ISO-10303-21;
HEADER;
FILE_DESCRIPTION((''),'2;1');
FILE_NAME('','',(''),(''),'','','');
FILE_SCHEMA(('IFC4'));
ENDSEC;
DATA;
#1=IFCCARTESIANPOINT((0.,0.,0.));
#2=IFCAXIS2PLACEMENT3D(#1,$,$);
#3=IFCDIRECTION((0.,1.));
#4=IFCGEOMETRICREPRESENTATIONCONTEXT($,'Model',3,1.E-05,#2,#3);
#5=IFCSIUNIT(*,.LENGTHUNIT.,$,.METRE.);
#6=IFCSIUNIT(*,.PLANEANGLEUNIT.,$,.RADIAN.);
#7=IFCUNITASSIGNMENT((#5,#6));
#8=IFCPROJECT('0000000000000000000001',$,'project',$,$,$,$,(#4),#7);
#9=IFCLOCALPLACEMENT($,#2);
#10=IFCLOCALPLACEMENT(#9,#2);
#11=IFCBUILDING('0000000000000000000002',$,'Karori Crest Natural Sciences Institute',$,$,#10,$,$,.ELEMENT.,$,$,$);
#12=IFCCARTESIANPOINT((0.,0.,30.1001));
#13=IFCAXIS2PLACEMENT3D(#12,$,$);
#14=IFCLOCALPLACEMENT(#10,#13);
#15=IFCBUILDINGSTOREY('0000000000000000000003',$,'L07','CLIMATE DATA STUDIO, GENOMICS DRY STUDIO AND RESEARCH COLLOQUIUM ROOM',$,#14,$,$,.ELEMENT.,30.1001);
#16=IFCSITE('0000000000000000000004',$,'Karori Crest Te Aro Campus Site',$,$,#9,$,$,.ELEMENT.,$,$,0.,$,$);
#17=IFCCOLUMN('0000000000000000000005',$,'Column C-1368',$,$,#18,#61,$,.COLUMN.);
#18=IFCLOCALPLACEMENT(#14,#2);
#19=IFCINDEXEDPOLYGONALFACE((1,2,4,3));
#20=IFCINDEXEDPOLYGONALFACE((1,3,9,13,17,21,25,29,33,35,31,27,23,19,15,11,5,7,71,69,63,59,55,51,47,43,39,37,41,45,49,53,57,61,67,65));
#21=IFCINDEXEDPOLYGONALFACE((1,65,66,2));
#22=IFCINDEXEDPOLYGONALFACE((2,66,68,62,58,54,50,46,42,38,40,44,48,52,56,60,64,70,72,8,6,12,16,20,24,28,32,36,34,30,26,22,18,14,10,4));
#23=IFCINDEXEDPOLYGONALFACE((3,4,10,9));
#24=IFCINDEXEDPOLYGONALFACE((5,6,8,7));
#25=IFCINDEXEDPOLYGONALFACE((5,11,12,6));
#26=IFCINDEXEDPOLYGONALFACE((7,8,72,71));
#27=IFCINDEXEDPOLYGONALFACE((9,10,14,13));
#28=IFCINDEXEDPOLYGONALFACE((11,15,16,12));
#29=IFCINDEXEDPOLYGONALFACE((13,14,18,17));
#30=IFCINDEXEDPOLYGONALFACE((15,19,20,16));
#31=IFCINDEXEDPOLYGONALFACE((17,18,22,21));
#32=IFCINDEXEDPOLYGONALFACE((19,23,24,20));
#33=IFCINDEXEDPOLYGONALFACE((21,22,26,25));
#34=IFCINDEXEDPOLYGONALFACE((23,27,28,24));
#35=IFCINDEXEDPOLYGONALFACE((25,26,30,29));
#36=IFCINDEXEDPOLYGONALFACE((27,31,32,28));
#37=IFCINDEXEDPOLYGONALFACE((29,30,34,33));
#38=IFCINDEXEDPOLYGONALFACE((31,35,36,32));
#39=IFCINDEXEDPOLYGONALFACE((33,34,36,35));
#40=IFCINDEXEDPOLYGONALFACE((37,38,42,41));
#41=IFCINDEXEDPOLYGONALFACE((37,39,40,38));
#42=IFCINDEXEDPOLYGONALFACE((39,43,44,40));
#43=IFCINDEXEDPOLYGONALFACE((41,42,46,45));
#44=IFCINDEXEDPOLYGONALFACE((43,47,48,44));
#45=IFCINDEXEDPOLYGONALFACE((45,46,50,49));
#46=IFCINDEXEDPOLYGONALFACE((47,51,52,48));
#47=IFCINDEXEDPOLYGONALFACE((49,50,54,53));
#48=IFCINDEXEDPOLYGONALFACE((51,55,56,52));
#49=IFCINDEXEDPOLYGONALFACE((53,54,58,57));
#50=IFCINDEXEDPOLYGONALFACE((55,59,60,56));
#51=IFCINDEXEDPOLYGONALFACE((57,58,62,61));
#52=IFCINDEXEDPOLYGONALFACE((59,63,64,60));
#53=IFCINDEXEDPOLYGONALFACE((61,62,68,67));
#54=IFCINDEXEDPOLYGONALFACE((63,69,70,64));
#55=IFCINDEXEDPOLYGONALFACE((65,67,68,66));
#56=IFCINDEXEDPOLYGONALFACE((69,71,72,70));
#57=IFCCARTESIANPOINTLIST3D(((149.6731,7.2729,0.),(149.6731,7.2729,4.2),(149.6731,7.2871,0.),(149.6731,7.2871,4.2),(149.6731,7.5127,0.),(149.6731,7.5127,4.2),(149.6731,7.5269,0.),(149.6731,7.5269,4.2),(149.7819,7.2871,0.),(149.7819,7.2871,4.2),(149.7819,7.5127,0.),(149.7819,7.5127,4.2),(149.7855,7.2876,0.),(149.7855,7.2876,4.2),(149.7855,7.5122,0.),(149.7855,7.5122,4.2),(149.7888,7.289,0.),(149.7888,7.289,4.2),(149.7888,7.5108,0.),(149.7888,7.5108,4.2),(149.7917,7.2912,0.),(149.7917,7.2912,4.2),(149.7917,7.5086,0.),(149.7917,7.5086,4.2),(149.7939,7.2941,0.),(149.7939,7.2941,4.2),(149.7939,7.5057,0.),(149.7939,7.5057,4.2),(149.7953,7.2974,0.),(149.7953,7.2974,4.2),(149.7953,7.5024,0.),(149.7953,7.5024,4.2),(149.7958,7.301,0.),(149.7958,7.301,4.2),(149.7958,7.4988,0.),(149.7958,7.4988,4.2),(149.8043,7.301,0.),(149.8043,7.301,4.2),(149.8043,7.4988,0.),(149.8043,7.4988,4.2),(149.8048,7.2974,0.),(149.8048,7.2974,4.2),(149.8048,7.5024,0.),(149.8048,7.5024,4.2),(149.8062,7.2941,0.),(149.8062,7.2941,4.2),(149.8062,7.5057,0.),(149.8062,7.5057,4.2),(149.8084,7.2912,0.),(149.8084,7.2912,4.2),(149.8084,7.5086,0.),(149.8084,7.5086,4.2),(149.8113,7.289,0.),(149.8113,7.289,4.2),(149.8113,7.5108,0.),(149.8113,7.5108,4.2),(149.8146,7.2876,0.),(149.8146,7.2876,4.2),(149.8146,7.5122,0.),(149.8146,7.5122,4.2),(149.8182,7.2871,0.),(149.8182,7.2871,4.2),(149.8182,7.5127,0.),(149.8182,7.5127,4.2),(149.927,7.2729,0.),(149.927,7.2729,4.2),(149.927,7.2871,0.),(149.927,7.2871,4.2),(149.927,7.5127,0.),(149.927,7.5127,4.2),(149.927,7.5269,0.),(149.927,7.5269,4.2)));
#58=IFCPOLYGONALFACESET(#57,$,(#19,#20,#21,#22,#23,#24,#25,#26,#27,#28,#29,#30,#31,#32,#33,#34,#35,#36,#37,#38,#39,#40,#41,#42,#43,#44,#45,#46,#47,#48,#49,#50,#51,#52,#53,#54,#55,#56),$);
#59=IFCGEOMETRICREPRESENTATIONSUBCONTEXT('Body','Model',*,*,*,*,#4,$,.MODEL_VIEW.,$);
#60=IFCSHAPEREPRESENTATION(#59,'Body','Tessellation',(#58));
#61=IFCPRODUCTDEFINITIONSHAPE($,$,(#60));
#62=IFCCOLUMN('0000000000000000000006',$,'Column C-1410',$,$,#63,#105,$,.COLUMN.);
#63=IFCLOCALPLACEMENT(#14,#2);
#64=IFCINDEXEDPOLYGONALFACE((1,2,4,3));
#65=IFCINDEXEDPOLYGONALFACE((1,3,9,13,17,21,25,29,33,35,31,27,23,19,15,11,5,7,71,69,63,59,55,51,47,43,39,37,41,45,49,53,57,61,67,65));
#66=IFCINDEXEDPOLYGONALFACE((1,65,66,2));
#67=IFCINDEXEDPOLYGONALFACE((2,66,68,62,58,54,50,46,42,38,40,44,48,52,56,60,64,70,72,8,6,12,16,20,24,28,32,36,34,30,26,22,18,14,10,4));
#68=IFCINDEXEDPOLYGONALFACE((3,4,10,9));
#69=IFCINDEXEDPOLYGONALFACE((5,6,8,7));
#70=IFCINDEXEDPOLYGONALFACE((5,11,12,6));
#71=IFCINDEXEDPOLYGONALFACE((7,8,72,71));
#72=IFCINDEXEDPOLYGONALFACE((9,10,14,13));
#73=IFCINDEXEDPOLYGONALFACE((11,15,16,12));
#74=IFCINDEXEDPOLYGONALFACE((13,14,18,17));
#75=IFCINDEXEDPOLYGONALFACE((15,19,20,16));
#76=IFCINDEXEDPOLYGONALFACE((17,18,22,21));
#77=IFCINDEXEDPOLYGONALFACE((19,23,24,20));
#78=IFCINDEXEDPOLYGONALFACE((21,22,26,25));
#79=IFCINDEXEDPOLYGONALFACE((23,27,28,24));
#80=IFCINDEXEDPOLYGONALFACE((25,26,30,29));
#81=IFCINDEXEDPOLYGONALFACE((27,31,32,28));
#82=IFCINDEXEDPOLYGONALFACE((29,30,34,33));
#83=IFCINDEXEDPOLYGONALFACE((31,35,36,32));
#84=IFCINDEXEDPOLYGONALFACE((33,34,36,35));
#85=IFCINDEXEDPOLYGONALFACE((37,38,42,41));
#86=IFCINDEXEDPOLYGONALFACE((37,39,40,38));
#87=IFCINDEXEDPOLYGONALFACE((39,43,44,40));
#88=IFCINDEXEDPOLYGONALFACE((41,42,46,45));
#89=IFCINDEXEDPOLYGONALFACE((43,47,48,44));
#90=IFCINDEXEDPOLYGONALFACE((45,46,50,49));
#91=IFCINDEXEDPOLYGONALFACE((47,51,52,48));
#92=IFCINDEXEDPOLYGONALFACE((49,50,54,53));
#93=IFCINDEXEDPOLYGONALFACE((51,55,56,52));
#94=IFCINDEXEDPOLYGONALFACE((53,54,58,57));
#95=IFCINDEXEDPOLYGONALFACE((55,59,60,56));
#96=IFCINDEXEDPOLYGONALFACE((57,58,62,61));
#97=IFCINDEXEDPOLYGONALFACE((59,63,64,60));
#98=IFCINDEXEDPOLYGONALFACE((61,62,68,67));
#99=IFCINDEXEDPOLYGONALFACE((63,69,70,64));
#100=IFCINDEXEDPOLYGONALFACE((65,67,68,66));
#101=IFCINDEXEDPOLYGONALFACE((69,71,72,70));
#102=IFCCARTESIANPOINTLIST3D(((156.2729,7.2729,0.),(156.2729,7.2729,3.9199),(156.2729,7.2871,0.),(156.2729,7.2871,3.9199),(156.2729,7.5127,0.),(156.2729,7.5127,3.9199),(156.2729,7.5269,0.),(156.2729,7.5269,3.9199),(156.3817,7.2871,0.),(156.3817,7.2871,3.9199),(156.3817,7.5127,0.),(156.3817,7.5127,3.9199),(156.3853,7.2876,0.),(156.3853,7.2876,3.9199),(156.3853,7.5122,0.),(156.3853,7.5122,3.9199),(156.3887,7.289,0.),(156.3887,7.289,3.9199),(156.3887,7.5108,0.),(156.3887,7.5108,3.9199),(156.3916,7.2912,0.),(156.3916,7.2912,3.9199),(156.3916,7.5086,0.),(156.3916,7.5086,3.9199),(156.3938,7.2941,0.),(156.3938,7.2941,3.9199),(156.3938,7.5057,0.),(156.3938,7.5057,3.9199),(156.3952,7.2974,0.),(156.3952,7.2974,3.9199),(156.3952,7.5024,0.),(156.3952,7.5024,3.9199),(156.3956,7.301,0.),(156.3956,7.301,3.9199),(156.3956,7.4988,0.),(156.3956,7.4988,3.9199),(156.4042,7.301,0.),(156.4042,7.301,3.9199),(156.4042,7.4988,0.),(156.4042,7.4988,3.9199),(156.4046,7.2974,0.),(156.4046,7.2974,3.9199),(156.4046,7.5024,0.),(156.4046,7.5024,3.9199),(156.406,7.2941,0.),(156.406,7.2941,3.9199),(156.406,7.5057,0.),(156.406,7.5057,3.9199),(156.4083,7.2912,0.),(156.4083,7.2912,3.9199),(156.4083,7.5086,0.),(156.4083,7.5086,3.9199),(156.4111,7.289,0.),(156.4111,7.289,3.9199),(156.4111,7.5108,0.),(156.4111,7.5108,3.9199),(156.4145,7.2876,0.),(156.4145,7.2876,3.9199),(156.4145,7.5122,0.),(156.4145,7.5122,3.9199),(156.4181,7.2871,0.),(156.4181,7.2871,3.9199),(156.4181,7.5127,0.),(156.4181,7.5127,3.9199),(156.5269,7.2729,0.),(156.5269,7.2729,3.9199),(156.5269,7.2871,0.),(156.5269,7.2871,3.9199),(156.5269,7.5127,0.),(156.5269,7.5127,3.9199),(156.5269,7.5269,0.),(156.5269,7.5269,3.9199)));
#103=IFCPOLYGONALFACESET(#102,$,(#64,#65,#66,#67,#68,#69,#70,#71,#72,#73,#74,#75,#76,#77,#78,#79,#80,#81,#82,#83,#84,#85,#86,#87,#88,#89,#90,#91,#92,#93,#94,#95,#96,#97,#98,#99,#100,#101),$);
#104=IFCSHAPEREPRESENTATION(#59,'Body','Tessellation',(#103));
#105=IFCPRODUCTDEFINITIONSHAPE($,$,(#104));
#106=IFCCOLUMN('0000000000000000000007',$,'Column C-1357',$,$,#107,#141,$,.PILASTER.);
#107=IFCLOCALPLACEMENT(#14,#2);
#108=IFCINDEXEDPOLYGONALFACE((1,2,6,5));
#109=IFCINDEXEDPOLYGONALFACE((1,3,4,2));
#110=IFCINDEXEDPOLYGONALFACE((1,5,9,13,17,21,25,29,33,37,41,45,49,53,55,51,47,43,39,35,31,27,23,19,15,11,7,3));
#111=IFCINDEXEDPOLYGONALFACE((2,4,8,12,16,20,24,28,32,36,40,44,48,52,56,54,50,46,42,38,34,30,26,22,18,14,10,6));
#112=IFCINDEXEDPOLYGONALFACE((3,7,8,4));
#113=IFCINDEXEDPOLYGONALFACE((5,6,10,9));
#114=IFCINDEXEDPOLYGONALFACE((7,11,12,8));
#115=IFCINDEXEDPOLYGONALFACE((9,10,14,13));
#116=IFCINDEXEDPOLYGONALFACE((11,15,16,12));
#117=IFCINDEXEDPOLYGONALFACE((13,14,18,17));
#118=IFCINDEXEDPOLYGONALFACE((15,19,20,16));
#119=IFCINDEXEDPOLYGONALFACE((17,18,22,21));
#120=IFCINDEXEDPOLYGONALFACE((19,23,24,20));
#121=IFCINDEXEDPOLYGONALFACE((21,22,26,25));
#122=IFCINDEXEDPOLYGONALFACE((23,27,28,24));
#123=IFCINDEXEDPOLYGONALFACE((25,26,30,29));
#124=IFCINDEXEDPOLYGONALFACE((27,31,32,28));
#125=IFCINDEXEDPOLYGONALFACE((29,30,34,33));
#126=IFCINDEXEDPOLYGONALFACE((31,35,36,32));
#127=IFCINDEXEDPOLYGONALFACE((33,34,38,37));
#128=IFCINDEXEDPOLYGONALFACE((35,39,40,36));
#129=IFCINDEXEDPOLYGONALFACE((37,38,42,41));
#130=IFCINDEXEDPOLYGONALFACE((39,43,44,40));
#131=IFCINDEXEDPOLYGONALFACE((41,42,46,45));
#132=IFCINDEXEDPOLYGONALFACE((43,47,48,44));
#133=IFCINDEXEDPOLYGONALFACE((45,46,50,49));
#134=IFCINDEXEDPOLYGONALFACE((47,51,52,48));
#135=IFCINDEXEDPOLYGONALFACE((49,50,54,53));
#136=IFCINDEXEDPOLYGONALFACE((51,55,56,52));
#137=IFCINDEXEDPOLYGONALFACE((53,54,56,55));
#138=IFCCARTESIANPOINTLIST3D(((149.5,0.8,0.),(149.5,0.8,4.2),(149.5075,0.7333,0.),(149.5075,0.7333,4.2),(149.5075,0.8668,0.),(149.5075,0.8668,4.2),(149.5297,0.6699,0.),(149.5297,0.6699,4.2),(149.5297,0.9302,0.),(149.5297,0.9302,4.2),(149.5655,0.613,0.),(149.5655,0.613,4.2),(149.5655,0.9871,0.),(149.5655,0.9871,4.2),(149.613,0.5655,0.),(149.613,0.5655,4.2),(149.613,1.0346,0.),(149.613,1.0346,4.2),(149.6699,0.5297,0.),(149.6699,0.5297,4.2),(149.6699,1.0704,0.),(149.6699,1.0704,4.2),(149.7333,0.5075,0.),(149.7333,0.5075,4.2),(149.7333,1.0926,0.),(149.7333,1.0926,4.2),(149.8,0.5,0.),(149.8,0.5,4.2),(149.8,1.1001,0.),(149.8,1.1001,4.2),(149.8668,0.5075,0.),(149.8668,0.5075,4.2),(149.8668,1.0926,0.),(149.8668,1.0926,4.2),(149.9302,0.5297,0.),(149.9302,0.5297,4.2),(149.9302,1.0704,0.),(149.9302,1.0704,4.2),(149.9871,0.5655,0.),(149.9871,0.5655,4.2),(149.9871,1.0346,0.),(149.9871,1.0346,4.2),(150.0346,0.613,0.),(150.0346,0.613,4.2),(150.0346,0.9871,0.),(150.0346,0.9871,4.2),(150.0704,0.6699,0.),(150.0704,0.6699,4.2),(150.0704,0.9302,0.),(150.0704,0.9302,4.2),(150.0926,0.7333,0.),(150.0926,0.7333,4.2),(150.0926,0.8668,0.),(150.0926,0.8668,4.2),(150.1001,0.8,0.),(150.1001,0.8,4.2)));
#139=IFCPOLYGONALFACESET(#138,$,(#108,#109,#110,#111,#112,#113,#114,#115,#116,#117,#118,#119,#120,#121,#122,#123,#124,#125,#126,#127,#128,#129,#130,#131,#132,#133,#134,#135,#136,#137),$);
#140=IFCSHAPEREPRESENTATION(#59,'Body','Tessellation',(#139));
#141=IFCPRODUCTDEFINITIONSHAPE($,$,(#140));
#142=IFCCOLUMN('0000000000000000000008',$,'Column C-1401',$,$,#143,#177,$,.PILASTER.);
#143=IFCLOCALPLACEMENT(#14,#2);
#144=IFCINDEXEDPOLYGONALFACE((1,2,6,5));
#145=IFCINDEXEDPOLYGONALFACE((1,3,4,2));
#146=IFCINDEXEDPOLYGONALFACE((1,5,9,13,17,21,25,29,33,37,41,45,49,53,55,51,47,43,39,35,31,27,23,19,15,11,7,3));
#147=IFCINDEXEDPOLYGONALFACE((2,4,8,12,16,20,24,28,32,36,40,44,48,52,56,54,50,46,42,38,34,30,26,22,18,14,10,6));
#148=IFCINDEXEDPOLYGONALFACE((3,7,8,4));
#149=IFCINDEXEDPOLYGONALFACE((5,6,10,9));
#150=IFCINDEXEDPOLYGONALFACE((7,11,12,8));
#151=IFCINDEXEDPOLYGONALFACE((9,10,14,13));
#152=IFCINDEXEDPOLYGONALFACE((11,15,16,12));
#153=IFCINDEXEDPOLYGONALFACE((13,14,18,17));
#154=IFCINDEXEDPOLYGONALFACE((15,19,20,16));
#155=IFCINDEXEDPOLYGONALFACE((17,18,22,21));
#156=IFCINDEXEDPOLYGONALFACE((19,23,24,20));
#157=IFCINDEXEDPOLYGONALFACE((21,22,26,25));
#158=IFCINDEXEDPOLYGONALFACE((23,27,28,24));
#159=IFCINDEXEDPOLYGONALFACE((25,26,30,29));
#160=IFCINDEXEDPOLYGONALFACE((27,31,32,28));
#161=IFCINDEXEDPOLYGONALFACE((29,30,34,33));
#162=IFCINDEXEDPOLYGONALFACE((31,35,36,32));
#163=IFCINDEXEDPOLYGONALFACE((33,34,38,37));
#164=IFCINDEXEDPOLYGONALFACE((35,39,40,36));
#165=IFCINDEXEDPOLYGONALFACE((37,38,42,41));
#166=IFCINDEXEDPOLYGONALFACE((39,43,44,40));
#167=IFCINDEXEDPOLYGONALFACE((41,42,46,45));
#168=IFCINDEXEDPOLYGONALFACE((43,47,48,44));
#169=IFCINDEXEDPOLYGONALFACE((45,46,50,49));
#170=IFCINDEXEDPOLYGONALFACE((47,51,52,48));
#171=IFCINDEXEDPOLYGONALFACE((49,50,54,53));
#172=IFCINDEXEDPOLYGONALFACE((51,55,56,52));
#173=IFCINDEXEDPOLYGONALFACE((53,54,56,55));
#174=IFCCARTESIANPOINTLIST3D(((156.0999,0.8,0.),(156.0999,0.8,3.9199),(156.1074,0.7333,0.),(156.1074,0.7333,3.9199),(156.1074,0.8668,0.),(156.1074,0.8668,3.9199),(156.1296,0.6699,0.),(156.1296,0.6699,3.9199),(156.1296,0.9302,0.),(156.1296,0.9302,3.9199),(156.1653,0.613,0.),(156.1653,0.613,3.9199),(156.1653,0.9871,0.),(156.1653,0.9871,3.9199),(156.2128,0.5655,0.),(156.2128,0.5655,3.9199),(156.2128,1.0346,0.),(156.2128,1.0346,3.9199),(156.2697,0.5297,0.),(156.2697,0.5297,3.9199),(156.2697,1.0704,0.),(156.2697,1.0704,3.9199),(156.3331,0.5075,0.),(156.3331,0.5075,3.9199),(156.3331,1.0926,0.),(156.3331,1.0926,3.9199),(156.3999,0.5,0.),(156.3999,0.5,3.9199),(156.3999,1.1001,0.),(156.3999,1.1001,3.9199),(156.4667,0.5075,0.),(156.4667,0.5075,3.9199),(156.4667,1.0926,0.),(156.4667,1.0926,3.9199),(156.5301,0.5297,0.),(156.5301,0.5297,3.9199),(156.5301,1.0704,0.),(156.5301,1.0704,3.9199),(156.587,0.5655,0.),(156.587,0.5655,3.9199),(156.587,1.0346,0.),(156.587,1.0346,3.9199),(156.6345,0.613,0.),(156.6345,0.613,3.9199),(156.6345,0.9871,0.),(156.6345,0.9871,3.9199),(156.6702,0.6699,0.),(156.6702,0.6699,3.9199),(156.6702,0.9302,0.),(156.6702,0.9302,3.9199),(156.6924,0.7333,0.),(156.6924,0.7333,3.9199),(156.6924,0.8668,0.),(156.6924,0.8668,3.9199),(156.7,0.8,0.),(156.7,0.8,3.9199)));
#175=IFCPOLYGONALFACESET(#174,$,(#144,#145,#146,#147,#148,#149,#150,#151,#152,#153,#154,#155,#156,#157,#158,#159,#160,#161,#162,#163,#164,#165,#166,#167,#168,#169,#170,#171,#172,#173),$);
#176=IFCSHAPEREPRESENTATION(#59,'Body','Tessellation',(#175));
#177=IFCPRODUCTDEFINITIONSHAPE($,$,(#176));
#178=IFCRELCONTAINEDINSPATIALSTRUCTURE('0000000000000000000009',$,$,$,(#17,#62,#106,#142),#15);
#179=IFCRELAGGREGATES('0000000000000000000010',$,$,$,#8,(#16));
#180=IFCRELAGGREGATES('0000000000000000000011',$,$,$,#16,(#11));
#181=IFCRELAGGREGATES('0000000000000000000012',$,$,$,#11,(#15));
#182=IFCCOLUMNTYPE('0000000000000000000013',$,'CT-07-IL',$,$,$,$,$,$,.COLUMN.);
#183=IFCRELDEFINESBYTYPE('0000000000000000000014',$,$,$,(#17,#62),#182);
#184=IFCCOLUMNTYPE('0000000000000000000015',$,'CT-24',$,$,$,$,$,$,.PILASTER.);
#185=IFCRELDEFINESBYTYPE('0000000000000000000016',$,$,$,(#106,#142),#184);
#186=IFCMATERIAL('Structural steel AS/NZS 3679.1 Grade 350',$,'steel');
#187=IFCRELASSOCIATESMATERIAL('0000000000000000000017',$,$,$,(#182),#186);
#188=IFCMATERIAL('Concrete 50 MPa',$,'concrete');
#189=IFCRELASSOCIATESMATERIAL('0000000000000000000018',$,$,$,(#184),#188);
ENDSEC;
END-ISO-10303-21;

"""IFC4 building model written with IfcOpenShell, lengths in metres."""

from ifc_helpers import new_model, si_unit, direction, frame, origin, origin_2d, place, context, subcontext, project, spatial, circle, i_section, extrude, material, material_profile, profile_set, type_object, element, save


model = new_model("IFC4")

# Units and contexts
model_context = context("Model", 3, precision=1e-05, world=origin(), true_north=direction((0.0, 1.0)))
body_context = subcontext(model_context, "Body", "Model", "MODEL_VIEW")
ifc_project = project(units=[si_unit("LENGTHUNIT", "METRE"), si_unit("PLANEANGLEUNIT", "RADIAN")], contexts=[model_context])

# Site, building, storey
site_placement = place(None, origin())
site = spatial("IfcSite", under=ifc_project, at=site_placement, Name="Karori Crest Te Aro Campus Site", CompositionType="ELEMENT", RefElevation=0.0)
building_placement = place(site_placement, origin())
building = spatial("IfcBuilding", under=site, at=building_placement, Name="Karori Crest Natural Sciences Institute", CompositionType="ELEMENT")
storey_placement = place(building_placement, frame((0.0, 0.0, 30.1001)))
storey = spatial("IfcBuildingStorey", under=building, at=storey_placement, Name="L07", Description="CLIMATE DATA STUDIO, GENOMICS DRY STUDIO AND RESEARCH COLLOQUIUM ROOM", CompositionType="ELEMENT", Elevation=30.1001)

# Columns
ifc_material_1 = material(Name="Structural steel AS/NZS 3679.1 Grade 350", Category="steel")
ifc_material_profile_1 = material_profile(ifc_material_1, i_section(OverallWidth=0.2539, OverallDepth=0.2539, WebThickness=0.0085, FlangeThickness=0.0142, FilletRadius=0.0139, at=origin_2d()), Name="250UC72.9")
ifc_profile_set_1 = profile_set([ifc_material_profile_1], Name="Structural steel AS/NZS 3679.1 Grade 350")
column_type_1 = type_object("IfcColumnType", Name="CT-07-IL", PredefinedType="COLUMN", material=ifc_profile_set_1)
column_1_placement = place(storey_placement, frame((149.8, 7.3999, 0.0), z_axis=(0.0, 0.0, 1.0), x_axis=(1.0, 0.0, 0.0)))
element("IfcColumn", 1, at=column_1_placement, inside=storey, type_object=column_type_1, Name="Column C-1368", PredefinedType="COLUMN", context=body_context, shape_type="SweptSolid", body=[
    extrude(i_section(OverallWidth=0.2539, OverallDepth=0.2539, WebThickness=0.0085, FlangeThickness=0.0142, FilletRadius=0.0139, at=origin_2d()), origin(), (0.0, 0.0, 1.0), 4.2),
])
column_2_placement = place(storey_placement, frame((156.3999, 7.3999, 0.0), z_axis=(0.0, 0.0, 1.0), x_axis=(1.0, 0.0, 0.0)))
element("IfcColumn", 2, at=column_2_placement, inside=storey, type_object=column_type_1, Name="Column C-1410", PredefinedType="COLUMN", context=body_context, shape_type="SweptSolid", body=[
    extrude(i_section(OverallWidth=0.2539, OverallDepth=0.2539, WebThickness=0.0085, FlangeThickness=0.0142, FilletRadius=0.0139, at=origin_2d()), origin(), (0.0, 0.0, 1.0), 3.9199),
])
ifc_material_2 = material(Name="Concrete 50 MPa", Category="concrete")
ifc_material_profile_2 = material_profile(ifc_material_2, circle(Radius=0.3, at=origin_2d()), Name="RCC600")
ifc_profile_set_2 = profile_set([ifc_material_profile_2], Name="Concrete 50 MPa")
column_type_2 = type_object("IfcColumnType", Name="CT-24", PredefinedType="PILASTER", material=ifc_profile_set_2)
column_3_placement = place(storey_placement, frame((149.8, 0.8, 0.0), z_axis=(0.0, 0.0, 1.0), x_axis=(1.0, 0.0, 0.0)))
element("IfcColumn", 3, at=column_3_placement, inside=storey, type_object=column_type_2, Name="Column C-1357", PredefinedType="PILASTER", context=body_context, shape_type="SweptSolid", body=[
    extrude(circle(Radius=0.3, at=origin_2d()), origin(), (0.0, 0.0, 1.0), 4.2),
])
column_4_placement = place(storey_placement, frame((156.3999, 0.8, 0.0), z_axis=(0.0, 0.0, 1.0), x_axis=(1.0, 0.0, 0.0)))
element("IfcColumn", 4, at=column_4_placement, inside=storey, type_object=column_type_2, Name="Column C-1401", PredefinedType="PILASTER", context=body_context, shape_type="SweptSolid", body=[
    extrude(circle(Radius=0.3, at=origin_2d()), origin(), (0.0, 0.0, 1.0), 3.9199),
])

save(model, "model.ifc")
